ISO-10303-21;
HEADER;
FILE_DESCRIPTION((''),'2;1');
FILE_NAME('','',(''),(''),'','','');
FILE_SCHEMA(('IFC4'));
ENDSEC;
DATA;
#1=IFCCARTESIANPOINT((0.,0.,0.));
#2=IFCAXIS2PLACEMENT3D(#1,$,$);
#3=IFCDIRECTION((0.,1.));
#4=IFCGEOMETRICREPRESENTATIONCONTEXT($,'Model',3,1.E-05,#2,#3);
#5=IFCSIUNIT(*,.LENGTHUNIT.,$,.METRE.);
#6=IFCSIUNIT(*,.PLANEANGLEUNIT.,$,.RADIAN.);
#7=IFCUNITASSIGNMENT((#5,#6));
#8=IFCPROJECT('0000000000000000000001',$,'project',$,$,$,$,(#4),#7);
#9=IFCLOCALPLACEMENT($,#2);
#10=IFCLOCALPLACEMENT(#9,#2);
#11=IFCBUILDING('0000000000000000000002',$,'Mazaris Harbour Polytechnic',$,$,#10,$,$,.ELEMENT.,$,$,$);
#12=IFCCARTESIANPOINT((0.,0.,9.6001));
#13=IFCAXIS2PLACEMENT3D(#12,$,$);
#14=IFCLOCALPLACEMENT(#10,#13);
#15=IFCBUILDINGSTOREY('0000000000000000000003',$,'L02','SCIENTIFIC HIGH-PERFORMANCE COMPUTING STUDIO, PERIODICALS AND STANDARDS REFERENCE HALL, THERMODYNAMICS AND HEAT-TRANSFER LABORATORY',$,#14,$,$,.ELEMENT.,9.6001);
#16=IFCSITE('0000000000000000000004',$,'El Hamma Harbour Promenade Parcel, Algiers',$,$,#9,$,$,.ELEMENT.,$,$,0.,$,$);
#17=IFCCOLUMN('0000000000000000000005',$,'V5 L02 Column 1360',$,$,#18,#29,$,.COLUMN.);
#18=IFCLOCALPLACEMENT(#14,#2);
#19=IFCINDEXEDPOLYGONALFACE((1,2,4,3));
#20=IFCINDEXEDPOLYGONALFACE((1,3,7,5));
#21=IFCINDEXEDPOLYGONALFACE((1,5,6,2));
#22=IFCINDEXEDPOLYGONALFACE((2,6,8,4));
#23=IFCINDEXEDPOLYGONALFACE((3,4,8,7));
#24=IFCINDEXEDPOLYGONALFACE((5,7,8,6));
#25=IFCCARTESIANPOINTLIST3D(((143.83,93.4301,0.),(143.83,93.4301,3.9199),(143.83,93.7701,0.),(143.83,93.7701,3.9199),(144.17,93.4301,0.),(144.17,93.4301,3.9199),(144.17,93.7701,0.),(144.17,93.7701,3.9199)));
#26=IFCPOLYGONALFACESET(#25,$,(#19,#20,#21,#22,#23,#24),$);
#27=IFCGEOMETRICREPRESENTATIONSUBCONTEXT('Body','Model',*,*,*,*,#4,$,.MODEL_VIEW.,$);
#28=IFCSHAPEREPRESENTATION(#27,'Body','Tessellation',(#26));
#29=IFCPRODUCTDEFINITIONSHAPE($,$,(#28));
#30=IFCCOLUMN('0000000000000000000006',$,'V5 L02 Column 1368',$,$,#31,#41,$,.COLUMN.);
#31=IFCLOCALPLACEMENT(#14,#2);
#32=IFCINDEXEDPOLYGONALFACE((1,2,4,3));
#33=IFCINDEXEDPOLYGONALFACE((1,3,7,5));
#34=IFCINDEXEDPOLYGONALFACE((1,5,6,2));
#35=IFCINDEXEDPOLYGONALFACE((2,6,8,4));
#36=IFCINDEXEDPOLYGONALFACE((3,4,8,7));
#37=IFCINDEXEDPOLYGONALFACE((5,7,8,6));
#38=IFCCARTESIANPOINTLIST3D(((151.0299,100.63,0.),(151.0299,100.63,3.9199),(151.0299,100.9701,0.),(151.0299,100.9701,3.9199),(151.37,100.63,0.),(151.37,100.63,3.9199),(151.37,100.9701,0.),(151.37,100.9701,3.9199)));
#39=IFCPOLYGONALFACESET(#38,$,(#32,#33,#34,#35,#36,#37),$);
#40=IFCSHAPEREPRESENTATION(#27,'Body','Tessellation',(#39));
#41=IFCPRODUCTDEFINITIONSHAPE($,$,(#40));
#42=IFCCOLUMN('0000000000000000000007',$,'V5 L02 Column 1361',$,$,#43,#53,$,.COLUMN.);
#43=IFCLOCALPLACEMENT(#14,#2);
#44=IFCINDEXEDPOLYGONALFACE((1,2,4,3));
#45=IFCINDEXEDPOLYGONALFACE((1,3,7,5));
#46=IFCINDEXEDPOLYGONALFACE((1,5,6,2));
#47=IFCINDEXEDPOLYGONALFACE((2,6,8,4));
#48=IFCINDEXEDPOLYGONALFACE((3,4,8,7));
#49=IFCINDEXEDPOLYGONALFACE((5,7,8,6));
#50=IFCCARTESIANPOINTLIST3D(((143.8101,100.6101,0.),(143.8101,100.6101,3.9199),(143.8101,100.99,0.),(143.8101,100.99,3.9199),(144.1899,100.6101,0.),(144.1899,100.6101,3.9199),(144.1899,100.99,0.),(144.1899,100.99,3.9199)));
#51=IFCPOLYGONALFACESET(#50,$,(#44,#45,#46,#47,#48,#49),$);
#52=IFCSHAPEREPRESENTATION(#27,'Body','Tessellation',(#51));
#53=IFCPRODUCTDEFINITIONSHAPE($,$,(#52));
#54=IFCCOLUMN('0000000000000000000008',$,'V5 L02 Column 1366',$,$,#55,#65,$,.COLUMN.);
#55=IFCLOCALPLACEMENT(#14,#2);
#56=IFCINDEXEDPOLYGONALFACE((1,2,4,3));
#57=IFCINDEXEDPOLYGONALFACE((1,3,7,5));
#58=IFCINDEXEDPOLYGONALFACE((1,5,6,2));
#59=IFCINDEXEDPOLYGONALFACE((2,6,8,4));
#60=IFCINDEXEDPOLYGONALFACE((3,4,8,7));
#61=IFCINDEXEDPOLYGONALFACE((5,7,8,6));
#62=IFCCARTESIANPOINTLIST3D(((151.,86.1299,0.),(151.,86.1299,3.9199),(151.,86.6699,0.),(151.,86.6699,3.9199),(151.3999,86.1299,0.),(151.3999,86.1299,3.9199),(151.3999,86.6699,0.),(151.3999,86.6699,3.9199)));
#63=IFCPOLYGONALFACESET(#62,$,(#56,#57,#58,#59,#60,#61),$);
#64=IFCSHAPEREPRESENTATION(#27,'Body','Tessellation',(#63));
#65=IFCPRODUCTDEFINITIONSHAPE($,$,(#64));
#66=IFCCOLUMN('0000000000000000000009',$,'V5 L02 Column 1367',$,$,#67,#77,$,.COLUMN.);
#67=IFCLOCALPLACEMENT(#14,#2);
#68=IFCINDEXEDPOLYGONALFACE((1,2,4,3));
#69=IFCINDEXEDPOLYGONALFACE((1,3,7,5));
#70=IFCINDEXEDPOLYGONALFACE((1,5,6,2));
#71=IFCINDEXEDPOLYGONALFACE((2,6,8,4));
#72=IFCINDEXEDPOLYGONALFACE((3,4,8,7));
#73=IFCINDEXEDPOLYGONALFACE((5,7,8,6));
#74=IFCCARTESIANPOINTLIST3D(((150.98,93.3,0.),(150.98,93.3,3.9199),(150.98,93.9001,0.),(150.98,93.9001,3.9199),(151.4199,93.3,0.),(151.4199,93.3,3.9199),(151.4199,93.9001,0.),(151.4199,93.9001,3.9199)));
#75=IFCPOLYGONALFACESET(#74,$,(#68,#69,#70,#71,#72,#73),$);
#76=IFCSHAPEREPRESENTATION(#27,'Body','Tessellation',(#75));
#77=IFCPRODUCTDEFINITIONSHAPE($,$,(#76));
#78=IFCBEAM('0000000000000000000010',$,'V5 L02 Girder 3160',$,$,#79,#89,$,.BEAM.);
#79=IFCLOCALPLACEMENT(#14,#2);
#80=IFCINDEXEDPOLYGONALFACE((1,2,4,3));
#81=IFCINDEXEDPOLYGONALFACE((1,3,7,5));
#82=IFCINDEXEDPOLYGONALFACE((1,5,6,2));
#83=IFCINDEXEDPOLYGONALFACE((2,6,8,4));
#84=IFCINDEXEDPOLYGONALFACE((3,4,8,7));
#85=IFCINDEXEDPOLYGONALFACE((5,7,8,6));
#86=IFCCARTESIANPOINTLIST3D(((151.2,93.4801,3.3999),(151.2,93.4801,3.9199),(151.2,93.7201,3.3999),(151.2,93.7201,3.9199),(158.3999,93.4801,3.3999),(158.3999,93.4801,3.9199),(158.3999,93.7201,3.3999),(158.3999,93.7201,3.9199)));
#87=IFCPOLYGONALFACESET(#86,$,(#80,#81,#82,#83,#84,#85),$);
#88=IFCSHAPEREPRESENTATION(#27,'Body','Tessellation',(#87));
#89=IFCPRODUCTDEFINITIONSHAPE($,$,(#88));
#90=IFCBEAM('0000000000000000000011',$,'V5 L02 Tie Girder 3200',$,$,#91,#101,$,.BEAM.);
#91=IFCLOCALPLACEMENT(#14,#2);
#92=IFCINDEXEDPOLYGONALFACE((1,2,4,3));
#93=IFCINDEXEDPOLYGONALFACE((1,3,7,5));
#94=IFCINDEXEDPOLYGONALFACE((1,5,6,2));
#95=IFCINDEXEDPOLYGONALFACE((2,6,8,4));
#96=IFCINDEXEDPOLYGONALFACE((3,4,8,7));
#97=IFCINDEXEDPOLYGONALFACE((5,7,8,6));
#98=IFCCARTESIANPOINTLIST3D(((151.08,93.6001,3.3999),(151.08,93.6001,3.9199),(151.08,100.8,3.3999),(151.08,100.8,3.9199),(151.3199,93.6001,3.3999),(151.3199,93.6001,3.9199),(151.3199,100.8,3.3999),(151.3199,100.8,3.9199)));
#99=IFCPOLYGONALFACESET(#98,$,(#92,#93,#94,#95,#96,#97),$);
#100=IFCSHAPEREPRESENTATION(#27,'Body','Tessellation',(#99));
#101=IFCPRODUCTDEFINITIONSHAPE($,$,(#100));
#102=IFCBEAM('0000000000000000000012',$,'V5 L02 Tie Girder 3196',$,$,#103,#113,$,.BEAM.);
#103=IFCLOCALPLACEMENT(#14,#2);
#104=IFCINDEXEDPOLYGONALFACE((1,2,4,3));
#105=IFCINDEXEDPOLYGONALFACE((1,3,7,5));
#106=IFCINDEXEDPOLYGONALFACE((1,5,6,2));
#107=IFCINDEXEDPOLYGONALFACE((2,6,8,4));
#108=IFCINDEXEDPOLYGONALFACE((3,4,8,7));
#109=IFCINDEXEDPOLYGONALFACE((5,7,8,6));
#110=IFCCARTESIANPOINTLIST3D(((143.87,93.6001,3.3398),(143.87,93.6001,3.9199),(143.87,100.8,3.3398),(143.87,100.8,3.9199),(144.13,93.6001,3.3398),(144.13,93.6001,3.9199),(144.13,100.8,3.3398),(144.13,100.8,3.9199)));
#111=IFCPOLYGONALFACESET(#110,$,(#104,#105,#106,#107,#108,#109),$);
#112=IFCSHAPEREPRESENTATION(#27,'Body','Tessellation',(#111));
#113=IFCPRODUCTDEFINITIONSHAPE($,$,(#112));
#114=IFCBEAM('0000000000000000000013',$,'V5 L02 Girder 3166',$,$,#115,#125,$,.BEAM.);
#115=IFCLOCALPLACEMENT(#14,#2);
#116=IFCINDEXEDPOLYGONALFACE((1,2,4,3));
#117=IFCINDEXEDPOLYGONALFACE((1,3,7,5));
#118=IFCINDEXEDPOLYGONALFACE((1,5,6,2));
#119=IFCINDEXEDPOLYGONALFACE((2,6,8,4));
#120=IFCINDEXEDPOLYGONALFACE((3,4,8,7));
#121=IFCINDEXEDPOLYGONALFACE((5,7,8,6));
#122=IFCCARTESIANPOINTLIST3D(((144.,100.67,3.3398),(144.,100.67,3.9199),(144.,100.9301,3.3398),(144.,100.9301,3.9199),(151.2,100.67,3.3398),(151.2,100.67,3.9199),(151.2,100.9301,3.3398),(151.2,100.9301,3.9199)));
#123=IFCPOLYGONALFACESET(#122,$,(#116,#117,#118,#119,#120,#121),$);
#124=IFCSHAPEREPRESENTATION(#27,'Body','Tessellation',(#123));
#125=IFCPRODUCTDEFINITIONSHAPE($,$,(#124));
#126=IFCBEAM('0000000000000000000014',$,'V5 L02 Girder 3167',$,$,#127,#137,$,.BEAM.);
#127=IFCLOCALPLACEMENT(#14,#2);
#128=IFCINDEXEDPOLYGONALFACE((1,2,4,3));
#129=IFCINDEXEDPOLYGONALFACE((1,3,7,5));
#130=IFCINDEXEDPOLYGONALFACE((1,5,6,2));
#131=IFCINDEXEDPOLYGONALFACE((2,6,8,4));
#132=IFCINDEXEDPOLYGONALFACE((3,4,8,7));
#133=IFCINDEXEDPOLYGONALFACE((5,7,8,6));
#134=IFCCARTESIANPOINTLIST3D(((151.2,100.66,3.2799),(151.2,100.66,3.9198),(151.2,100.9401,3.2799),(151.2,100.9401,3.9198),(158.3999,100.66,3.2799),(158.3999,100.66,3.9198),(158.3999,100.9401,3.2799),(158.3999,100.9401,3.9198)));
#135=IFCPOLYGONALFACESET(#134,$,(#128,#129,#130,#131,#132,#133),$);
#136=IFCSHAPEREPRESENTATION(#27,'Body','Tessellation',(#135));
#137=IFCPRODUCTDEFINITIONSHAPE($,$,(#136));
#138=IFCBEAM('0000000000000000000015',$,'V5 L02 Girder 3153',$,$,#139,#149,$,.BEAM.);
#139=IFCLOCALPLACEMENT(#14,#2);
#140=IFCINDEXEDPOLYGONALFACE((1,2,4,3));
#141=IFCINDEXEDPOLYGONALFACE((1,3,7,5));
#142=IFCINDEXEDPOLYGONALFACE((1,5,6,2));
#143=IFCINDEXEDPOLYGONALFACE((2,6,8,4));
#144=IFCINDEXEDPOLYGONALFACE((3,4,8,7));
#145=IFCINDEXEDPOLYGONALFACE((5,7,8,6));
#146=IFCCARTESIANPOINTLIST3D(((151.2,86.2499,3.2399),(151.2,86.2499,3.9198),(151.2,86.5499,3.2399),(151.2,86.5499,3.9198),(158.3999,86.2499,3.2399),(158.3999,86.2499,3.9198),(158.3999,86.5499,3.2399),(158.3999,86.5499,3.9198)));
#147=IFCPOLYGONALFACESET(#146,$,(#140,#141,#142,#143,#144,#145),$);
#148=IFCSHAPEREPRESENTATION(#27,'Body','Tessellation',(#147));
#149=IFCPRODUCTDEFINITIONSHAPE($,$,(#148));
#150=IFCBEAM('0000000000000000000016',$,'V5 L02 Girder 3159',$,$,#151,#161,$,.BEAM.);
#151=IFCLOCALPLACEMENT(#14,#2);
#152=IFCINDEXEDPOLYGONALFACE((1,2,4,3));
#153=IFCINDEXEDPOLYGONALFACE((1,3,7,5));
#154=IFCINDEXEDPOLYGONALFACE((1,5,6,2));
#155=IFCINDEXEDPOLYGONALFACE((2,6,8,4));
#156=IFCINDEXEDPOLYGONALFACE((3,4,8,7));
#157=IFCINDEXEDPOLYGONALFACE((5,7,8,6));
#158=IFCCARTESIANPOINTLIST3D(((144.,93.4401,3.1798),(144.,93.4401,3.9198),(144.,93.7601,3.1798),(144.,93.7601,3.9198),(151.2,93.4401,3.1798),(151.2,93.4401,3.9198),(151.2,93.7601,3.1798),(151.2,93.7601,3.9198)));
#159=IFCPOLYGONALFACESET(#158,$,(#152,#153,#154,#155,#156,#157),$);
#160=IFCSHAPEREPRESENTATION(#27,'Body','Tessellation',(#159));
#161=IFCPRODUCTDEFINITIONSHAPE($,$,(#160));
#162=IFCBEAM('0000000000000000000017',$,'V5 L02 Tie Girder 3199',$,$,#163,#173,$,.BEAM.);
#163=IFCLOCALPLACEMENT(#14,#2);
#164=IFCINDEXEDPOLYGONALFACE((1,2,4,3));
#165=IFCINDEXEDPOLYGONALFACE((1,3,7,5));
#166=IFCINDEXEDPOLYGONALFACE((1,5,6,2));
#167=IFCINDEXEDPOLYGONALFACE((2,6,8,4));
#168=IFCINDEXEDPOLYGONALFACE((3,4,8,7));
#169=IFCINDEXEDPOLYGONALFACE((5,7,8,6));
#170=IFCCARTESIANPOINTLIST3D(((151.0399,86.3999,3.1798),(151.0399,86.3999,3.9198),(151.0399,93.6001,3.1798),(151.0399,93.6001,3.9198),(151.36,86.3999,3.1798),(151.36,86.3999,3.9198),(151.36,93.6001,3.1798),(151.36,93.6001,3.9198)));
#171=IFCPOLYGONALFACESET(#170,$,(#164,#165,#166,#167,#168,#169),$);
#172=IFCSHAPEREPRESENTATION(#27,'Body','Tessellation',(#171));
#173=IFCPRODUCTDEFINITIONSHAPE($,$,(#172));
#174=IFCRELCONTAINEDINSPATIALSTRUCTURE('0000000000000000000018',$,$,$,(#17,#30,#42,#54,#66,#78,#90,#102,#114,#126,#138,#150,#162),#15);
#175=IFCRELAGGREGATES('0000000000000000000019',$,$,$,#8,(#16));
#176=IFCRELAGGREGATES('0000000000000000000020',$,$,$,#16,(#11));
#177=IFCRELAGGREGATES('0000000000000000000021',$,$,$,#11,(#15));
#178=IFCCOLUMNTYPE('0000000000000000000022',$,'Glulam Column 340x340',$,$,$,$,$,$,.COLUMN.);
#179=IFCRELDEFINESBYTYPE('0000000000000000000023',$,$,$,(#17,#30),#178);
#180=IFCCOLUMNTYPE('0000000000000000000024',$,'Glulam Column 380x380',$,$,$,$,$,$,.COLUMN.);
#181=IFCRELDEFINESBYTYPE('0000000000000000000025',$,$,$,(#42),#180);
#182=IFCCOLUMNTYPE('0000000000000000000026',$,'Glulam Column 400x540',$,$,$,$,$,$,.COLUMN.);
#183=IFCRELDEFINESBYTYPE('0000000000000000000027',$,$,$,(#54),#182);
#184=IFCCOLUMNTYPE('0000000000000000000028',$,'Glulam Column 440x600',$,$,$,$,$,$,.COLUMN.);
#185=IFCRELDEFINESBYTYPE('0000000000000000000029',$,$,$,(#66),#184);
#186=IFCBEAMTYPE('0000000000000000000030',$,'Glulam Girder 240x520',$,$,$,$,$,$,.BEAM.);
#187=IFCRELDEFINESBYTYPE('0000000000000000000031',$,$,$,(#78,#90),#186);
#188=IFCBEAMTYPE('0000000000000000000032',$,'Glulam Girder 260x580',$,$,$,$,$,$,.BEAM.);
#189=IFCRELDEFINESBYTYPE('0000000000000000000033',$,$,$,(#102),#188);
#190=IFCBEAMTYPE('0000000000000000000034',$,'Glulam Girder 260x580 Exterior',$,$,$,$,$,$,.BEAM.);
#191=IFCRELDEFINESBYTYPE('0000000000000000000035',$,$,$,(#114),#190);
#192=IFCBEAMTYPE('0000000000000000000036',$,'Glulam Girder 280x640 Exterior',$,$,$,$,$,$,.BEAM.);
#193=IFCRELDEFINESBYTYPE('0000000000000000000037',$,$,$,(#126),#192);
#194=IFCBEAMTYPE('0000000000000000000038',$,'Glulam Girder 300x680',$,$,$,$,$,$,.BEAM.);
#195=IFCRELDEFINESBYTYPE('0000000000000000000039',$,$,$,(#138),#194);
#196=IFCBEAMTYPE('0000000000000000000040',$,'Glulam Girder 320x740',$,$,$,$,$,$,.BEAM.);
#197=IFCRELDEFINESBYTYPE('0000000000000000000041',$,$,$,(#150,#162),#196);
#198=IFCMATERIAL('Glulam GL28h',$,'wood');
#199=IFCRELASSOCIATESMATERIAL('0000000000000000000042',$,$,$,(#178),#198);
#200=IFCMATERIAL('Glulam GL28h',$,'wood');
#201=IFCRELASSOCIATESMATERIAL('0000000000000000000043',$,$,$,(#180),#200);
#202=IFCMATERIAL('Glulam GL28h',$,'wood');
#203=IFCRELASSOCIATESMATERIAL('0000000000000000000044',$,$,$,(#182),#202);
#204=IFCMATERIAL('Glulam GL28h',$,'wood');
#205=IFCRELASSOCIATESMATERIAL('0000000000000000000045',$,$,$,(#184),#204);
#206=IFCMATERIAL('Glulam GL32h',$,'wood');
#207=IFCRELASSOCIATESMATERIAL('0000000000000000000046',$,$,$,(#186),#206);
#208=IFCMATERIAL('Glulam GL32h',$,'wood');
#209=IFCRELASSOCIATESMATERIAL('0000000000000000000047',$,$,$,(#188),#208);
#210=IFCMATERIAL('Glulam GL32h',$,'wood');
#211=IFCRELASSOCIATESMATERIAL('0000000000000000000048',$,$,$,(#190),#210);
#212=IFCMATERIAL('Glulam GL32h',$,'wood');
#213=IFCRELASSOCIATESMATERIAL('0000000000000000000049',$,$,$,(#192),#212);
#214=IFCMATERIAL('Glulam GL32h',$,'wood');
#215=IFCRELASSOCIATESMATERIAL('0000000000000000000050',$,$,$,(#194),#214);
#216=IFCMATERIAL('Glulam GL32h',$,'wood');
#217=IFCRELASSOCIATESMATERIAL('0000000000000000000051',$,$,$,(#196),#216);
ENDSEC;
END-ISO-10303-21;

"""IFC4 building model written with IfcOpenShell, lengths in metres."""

from ifc_helpers import new_model, si_unit, direction, frame, origin, origin_2d, place, context, subcontext, project, spatial, rectangle, extrude, material, material_profile, profile_set, type_object, element, save


model = new_model("IFC4")

# Units and contexts
model_context = context("Model", 3, precision=1e-05, world=origin(), true_north=direction((0.0, 1.0)))
body_context = subcontext(model_context, "Body", "Model", "MODEL_VIEW")
ifc_project = project(units=[si_unit("LENGTHUNIT", "METRE"), si_unit("PLANEANGLEUNIT", "RADIAN")], contexts=[model_context])

# Site, building, storey
site_placement = place(None, origin())
site = spatial("IfcSite", under=ifc_project, at=site_placement, Name="El Hamma Harbour Promenade Parcel, Algiers", CompositionType="ELEMENT", RefElevation=0.0)
building_placement = place(site_placement, origin())
building = spatial("IfcBuilding", under=site, at=building_placement, Name="Mazaris Harbour Polytechnic", CompositionType="ELEMENT")
storey_placement = place(building_placement, frame((0.0, 0.0, 9.6001)))
storey = spatial("IfcBuildingStorey", under=building, at=storey_placement, Name="L02", Description="SCIENTIFIC HIGH-PERFORMANCE COMPUTING STUDIO, PERIODICALS AND STANDARDS REFERENCE HALL, THERMODYNAMICS AND HEAT-TRANSFER LABORATORY", CompositionType="ELEMENT", Elevation=9.6001)

# Columns
ifc_material_1 = material(Name="Glulam GL28h", Category="wood")
ifc_material_profile_1 = material_profile(ifc_material_1, rectangle(XDim=0.3401, YDim=0.3401, at=origin_2d()), Name="RECT340x340")
ifc_profile_set_1 = profile_set([ifc_material_profile_1], Name="Glulam GL28h")
column_type_1 = type_object("IfcColumnType", Name="Glulam Column 340x340", PredefinedType="COLUMN", material=ifc_profile_set_1)
for number, where, z_axis, x_axis, name in (
    (1, (144.0, 93.6001, 0.0), (0.0, 0.0, 1.0), (1.0, 0.0, 0.0), "V5 L02 Column 1360"),
    (2, (151.2, 100.8, 0.0), (0.0, 0.0, 1.0), (1.0, 0.0, 0.0), "V5 L02 Column 1368"),
):
    element("IfcColumn", number, at=place(storey_placement, frame(where, z_axis=z_axis, x_axis=x_axis)), inside=storey, type_object=column_type_1, Name=name, PredefinedType="COLUMN", context=body_context, shape_type="SweptSolid", body=[
        extrude(rectangle(XDim=0.3401, YDim=0.3401, at=origin_2d()), origin(), (0.0, 0.0, 1.0), 3.9199),
    ])
ifc_material_2 = material(Name="Glulam GL28h", Category="wood")
ifc_material_profile_2 = material_profile(ifc_material_2, rectangle(XDim=0.3799, YDim=0.3799, at=origin_2d()), Name="RECT380x380")
ifc_profile_set_2 = profile_set([ifc_material_profile_2], Name="Glulam GL28h")
column_type_2 = type_object("IfcColumnType", Name="Glulam Column 380x380", PredefinedType="COLUMN", material=ifc_profile_set_2)
column_1_placement = place(storey_placement, frame((144.0, 100.8, 0.0), z_axis=(0.0, 0.0, 1.0), x_axis=(1.0, 0.0, 0.0)))
element("IfcColumn", 3, at=column_1_placement, inside=storey, type_object=column_type_2, Name="V5 L02 Column 1361", PredefinedType="COLUMN", context=body_context, shape_type="SweptSolid", body=[
    extrude(rectangle(XDim=0.3799, YDim=0.3799, at=origin_2d()), origin(), (0.0, 0.0, 1.0), 3.9199),
])
ifc_material_3 = material(Name="Glulam GL28h", Category="wood")
ifc_material_profile_3 = material_profile(ifc_material_3, rectangle(XDim=0.3999, YDim=0.54, at=origin_2d()), Name="RECT400x540")
ifc_profile_set_3 = profile_set([ifc_material_profile_3], Name="Glulam GL28h")
column_type_3 = type_object("IfcColumnType", Name="Glulam Column 400x540", PredefinedType="COLUMN", material=ifc_profile_set_3)
column_2_placement = place(storey_placement, frame((151.2, 86.3999, 0.0), z_axis=(0.0, 0.0, 1.0), x_axis=(1.0, 0.0, 0.0)))
element("IfcColumn", 4, at=column_2_placement, inside=storey, type_object=column_type_3, Name="V5 L02 Column 1366", PredefinedType="COLUMN", context=body_context, shape_type="SweptSolid", body=[
    extrude(rectangle(XDim=0.3999, YDim=0.54, at=origin_2d()), origin(), (0.0, 0.0, 1.0), 3.9199),
])
ifc_material_4 = material(Name="Glulam GL28h", Category="wood")
ifc_material_profile_4 = material_profile(ifc_material_4, rectangle(XDim=0.4399, YDim=0.6001, at=origin_2d()), Name="RECT440x600")
ifc_profile_set_4 = profile_set([ifc_material_profile_4], Name="Glulam GL28h")
column_type_4 = type_object("IfcColumnType", Name="Glulam Column 440x600", PredefinedType="COLUMN", material=ifc_profile_set_4)
column_3_placement = place(storey_placement, frame((151.2, 93.6001, 0.0), z_axis=(0.0, 0.0, 1.0), x_axis=(1.0, 0.0, 0.0)))
element("IfcColumn", 5, at=column_3_placement, inside=storey, type_object=column_type_4, Name="V5 L02 Column 1367", PredefinedType="COLUMN", context=body_context, shape_type="SweptSolid", body=[
    extrude(rectangle(XDim=0.4399, YDim=0.6001, at=origin_2d()), origin(), (0.0, 0.0, 1.0), 3.9199),
])

# Beams
ifc_material_5 = material(Name="Glulam GL32h", Category="wood")
ifc_material_profile_5 = material_profile(ifc_material_5, rectangle(XDim=0.24, YDim=0.52, at=origin_2d()), Name="RECT240x520")
ifc_profile_set_5 = profile_set([ifc_material_profile_5], Name="Glulam GL32h")
beam_type_1 = type_object("IfcBeamType", Name="Glulam Girder 240x520", PredefinedType="BEAM", material=ifc_profile_set_5)
for number, where, z_axis, x_axis, name in (
    (6, (151.2, 93.6001, 3.6599), (1.0, 0.0, 0.0), (0.0, 1.0, 0.0), "V5 L02 Girder 3160"),
    (7, (151.2, 93.6001, 3.6599), (0.0, 1.0, 0.0), (-1.0, 0.0, 0.0), "V5 L02 Tie Girder 3200"),
):
    element("IfcBeam", number, at=place(storey_placement, frame(where, z_axis=z_axis, x_axis=x_axis)), inside=storey, type_object=beam_type_1, Name=name, PredefinedType="BEAM", context=body_context, shape_type="SweptSolid", body=[
        extrude(rectangle(XDim=0.24, YDim=0.52, at=origin_2d()), origin(), (0.0, 0.0, 1.0), 7.2),
    ])
ifc_material_6 = material(Name="Glulam GL32h", Category="wood")
ifc_material_profile_6 = material_profile(ifc_material_6, rectangle(XDim=0.26, YDim=0.5801, at=origin_2d()), Name="RECT260x580")
ifc_profile_set_6 = profile_set([ifc_material_profile_6], Name="Glulam GL32h")
beam_type_2 = type_object("IfcBeamType", Name="Glulam Girder 260x580", PredefinedType="BEAM", material=ifc_profile_set_6)
beam_1_placement = place(storey_placement, frame((144.0, 93.6001, 3.6299), z_axis=(0.0, 1.0, 0.0), x_axis=(-1.0, 0.0, 0.0)))
element("IfcBeam", 8, at=beam_1_placement, inside=storey, type_object=beam_type_2, Name="V5 L02 Tie Girder 3196", PredefinedType="BEAM", context=body_context, shape_type="SweptSolid", body=[
    extrude(rectangle(XDim=0.26, YDim=0.5801, at=origin_2d()), origin(), (0.0, 0.0, 1.0), 7.2),
])
ifc_material_7 = material(Name="Glulam GL32h", Category="wood")
ifc_material_profile_7 = material_profile(ifc_material_7, rectangle(XDim=0.26, YDim=0.5801, at=origin_2d()), Name="RECT260x580")
ifc_profile_set_7 = profile_set([ifc_material_profile_7], Name="Glulam GL32h")
beam_type_3 = type_object("IfcBeamType", Name="Glulam Girder 260x580 Exterior", PredefinedType="BEAM", material=ifc_profile_set_7)
beam_2_placement = place(storey_placement, frame((144.0, 100.8, 3.6299), z_axis=(1.0, 0.0, 0.0), x_axis=(0.0, 1.0, 0.0)))
element("IfcBeam", 9, at=beam_2_placement, inside=storey, type_object=beam_type_3, Name="V5 L02 Girder 3166", PredefinedType="BEAM", context=body_context, shape_type="SweptSolid", body=[
    extrude(rectangle(XDim=0.26, YDim=0.5801, at=origin_2d()), origin(), (0.0, 0.0, 1.0), 7.2),
])
ifc_material_8 = material(Name="Glulam GL32h", Category="wood")
ifc_material_profile_8 = material_profile(ifc_material_8, rectangle(XDim=0.28, YDim=0.6399, at=origin_2d()), Name="RECT280x640")
ifc_profile_set_8 = profile_set([ifc_material_profile_8], Name="Glulam GL32h")
beam_type_4 = type_object("IfcBeamType", Name="Glulam Girder 280x640 Exterior", PredefinedType="BEAM", material=ifc_profile_set_8)
beam_3_placement = place(storey_placement, frame((151.2, 100.8, 3.5999), z_axis=(1.0, 0.0, 0.0), x_axis=(0.0, 1.0, 0.0)))
element("IfcBeam", 10, at=beam_3_placement, inside=storey, type_object=beam_type_4, Name="V5 L02 Girder 3167", PredefinedType="BEAM", context=body_context, shape_type="SweptSolid", body=[
    extrude(rectangle(XDim=0.28, YDim=0.6399, at=origin_2d()), origin(), (0.0, 0.0, 1.0), 7.2),
])
ifc_material_9 = material(Name="Glulam GL32h", Category="wood")
ifc_material_profile_9 = material_profile(ifc_material_9, rectangle(XDim=0.3, YDim=0.6799, at=origin_2d()), Name="RECT300x680")
ifc_profile_set_9 = profile_set([ifc_material_profile_9], Name="Glulam GL32h")
beam_type_5 = type_object("IfcBeamType", Name="Glulam Girder 300x680", PredefinedType="BEAM", material=ifc_profile_set_9)
beam_4_placement = place(storey_placement, frame((151.2, 86.3999, 3.5798), z_axis=(1.0, 0.0, 0.0), x_axis=(0.0, 1.0, 0.0)))
element("IfcBeam", 11, at=beam_4_placement, inside=storey, type_object=beam_type_5, Name="V5 L02 Girder 3153", PredefinedType="BEAM", context=body_context, shape_type="SweptSolid", body=[
    extrude(rectangle(XDim=0.3, YDim=0.6799, at=origin_2d()), origin(), (0.0, 0.0, 1.0), 7.2),
])
ifc_material_10 = material(Name="Glulam GL32h", Category="wood")
ifc_material_profile_10 = material_profile(ifc_material_10, rectangle(XDim=0.3201, YDim=0.74, at=origin_2d()), Name="RECT320x740")
ifc_profile_set_10 = profile_set([ifc_material_profile_10], Name="Glulam GL32h")
beam_type_6 = type_object("IfcBeamType", Name="Glulam Girder 320x740", PredefinedType="BEAM", material=ifc_profile_set_10)
beam_5_placement = place(storey_placement, frame((144.0, 93.6001, 3.5498), z_axis=(1.0, 0.0, 0.0), x_axis=(0.0, 1.0, 0.0)))
element("IfcBeam", 12, at=beam_5_placement, inside=storey, type_object=beam_type_6, Name="V5 L02 Girder 3159", PredefinedType="BEAM", context=body_context, shape_type="SweptSolid", body=[
    extrude(rectangle(XDim=0.3201, YDim=0.74, at=origin_2d()), origin(), (0.0, 0.0, 1.0), 7.2),
])
beam_6_placement = place(storey_placement, frame((151.2, 86.3999, 3.5498), z_axis=(0.0, 1.0, 0.0), x_axis=(-1.0, 0.0, 0.0)))
element("IfcBeam", 13, at=beam_6_placement, inside=storey, type_object=beam_type_6, Name="V5 L02 Tie Girder 3199", PredefinedType="BEAM", context=body_context, shape_type="SweptSolid", body=[
    extrude(rectangle(XDim=0.3201, YDim=0.74, at=origin_2d()), origin(), (0.0, 0.0, 1.0), 7.2002),
])

save(model, "model.ifc")
